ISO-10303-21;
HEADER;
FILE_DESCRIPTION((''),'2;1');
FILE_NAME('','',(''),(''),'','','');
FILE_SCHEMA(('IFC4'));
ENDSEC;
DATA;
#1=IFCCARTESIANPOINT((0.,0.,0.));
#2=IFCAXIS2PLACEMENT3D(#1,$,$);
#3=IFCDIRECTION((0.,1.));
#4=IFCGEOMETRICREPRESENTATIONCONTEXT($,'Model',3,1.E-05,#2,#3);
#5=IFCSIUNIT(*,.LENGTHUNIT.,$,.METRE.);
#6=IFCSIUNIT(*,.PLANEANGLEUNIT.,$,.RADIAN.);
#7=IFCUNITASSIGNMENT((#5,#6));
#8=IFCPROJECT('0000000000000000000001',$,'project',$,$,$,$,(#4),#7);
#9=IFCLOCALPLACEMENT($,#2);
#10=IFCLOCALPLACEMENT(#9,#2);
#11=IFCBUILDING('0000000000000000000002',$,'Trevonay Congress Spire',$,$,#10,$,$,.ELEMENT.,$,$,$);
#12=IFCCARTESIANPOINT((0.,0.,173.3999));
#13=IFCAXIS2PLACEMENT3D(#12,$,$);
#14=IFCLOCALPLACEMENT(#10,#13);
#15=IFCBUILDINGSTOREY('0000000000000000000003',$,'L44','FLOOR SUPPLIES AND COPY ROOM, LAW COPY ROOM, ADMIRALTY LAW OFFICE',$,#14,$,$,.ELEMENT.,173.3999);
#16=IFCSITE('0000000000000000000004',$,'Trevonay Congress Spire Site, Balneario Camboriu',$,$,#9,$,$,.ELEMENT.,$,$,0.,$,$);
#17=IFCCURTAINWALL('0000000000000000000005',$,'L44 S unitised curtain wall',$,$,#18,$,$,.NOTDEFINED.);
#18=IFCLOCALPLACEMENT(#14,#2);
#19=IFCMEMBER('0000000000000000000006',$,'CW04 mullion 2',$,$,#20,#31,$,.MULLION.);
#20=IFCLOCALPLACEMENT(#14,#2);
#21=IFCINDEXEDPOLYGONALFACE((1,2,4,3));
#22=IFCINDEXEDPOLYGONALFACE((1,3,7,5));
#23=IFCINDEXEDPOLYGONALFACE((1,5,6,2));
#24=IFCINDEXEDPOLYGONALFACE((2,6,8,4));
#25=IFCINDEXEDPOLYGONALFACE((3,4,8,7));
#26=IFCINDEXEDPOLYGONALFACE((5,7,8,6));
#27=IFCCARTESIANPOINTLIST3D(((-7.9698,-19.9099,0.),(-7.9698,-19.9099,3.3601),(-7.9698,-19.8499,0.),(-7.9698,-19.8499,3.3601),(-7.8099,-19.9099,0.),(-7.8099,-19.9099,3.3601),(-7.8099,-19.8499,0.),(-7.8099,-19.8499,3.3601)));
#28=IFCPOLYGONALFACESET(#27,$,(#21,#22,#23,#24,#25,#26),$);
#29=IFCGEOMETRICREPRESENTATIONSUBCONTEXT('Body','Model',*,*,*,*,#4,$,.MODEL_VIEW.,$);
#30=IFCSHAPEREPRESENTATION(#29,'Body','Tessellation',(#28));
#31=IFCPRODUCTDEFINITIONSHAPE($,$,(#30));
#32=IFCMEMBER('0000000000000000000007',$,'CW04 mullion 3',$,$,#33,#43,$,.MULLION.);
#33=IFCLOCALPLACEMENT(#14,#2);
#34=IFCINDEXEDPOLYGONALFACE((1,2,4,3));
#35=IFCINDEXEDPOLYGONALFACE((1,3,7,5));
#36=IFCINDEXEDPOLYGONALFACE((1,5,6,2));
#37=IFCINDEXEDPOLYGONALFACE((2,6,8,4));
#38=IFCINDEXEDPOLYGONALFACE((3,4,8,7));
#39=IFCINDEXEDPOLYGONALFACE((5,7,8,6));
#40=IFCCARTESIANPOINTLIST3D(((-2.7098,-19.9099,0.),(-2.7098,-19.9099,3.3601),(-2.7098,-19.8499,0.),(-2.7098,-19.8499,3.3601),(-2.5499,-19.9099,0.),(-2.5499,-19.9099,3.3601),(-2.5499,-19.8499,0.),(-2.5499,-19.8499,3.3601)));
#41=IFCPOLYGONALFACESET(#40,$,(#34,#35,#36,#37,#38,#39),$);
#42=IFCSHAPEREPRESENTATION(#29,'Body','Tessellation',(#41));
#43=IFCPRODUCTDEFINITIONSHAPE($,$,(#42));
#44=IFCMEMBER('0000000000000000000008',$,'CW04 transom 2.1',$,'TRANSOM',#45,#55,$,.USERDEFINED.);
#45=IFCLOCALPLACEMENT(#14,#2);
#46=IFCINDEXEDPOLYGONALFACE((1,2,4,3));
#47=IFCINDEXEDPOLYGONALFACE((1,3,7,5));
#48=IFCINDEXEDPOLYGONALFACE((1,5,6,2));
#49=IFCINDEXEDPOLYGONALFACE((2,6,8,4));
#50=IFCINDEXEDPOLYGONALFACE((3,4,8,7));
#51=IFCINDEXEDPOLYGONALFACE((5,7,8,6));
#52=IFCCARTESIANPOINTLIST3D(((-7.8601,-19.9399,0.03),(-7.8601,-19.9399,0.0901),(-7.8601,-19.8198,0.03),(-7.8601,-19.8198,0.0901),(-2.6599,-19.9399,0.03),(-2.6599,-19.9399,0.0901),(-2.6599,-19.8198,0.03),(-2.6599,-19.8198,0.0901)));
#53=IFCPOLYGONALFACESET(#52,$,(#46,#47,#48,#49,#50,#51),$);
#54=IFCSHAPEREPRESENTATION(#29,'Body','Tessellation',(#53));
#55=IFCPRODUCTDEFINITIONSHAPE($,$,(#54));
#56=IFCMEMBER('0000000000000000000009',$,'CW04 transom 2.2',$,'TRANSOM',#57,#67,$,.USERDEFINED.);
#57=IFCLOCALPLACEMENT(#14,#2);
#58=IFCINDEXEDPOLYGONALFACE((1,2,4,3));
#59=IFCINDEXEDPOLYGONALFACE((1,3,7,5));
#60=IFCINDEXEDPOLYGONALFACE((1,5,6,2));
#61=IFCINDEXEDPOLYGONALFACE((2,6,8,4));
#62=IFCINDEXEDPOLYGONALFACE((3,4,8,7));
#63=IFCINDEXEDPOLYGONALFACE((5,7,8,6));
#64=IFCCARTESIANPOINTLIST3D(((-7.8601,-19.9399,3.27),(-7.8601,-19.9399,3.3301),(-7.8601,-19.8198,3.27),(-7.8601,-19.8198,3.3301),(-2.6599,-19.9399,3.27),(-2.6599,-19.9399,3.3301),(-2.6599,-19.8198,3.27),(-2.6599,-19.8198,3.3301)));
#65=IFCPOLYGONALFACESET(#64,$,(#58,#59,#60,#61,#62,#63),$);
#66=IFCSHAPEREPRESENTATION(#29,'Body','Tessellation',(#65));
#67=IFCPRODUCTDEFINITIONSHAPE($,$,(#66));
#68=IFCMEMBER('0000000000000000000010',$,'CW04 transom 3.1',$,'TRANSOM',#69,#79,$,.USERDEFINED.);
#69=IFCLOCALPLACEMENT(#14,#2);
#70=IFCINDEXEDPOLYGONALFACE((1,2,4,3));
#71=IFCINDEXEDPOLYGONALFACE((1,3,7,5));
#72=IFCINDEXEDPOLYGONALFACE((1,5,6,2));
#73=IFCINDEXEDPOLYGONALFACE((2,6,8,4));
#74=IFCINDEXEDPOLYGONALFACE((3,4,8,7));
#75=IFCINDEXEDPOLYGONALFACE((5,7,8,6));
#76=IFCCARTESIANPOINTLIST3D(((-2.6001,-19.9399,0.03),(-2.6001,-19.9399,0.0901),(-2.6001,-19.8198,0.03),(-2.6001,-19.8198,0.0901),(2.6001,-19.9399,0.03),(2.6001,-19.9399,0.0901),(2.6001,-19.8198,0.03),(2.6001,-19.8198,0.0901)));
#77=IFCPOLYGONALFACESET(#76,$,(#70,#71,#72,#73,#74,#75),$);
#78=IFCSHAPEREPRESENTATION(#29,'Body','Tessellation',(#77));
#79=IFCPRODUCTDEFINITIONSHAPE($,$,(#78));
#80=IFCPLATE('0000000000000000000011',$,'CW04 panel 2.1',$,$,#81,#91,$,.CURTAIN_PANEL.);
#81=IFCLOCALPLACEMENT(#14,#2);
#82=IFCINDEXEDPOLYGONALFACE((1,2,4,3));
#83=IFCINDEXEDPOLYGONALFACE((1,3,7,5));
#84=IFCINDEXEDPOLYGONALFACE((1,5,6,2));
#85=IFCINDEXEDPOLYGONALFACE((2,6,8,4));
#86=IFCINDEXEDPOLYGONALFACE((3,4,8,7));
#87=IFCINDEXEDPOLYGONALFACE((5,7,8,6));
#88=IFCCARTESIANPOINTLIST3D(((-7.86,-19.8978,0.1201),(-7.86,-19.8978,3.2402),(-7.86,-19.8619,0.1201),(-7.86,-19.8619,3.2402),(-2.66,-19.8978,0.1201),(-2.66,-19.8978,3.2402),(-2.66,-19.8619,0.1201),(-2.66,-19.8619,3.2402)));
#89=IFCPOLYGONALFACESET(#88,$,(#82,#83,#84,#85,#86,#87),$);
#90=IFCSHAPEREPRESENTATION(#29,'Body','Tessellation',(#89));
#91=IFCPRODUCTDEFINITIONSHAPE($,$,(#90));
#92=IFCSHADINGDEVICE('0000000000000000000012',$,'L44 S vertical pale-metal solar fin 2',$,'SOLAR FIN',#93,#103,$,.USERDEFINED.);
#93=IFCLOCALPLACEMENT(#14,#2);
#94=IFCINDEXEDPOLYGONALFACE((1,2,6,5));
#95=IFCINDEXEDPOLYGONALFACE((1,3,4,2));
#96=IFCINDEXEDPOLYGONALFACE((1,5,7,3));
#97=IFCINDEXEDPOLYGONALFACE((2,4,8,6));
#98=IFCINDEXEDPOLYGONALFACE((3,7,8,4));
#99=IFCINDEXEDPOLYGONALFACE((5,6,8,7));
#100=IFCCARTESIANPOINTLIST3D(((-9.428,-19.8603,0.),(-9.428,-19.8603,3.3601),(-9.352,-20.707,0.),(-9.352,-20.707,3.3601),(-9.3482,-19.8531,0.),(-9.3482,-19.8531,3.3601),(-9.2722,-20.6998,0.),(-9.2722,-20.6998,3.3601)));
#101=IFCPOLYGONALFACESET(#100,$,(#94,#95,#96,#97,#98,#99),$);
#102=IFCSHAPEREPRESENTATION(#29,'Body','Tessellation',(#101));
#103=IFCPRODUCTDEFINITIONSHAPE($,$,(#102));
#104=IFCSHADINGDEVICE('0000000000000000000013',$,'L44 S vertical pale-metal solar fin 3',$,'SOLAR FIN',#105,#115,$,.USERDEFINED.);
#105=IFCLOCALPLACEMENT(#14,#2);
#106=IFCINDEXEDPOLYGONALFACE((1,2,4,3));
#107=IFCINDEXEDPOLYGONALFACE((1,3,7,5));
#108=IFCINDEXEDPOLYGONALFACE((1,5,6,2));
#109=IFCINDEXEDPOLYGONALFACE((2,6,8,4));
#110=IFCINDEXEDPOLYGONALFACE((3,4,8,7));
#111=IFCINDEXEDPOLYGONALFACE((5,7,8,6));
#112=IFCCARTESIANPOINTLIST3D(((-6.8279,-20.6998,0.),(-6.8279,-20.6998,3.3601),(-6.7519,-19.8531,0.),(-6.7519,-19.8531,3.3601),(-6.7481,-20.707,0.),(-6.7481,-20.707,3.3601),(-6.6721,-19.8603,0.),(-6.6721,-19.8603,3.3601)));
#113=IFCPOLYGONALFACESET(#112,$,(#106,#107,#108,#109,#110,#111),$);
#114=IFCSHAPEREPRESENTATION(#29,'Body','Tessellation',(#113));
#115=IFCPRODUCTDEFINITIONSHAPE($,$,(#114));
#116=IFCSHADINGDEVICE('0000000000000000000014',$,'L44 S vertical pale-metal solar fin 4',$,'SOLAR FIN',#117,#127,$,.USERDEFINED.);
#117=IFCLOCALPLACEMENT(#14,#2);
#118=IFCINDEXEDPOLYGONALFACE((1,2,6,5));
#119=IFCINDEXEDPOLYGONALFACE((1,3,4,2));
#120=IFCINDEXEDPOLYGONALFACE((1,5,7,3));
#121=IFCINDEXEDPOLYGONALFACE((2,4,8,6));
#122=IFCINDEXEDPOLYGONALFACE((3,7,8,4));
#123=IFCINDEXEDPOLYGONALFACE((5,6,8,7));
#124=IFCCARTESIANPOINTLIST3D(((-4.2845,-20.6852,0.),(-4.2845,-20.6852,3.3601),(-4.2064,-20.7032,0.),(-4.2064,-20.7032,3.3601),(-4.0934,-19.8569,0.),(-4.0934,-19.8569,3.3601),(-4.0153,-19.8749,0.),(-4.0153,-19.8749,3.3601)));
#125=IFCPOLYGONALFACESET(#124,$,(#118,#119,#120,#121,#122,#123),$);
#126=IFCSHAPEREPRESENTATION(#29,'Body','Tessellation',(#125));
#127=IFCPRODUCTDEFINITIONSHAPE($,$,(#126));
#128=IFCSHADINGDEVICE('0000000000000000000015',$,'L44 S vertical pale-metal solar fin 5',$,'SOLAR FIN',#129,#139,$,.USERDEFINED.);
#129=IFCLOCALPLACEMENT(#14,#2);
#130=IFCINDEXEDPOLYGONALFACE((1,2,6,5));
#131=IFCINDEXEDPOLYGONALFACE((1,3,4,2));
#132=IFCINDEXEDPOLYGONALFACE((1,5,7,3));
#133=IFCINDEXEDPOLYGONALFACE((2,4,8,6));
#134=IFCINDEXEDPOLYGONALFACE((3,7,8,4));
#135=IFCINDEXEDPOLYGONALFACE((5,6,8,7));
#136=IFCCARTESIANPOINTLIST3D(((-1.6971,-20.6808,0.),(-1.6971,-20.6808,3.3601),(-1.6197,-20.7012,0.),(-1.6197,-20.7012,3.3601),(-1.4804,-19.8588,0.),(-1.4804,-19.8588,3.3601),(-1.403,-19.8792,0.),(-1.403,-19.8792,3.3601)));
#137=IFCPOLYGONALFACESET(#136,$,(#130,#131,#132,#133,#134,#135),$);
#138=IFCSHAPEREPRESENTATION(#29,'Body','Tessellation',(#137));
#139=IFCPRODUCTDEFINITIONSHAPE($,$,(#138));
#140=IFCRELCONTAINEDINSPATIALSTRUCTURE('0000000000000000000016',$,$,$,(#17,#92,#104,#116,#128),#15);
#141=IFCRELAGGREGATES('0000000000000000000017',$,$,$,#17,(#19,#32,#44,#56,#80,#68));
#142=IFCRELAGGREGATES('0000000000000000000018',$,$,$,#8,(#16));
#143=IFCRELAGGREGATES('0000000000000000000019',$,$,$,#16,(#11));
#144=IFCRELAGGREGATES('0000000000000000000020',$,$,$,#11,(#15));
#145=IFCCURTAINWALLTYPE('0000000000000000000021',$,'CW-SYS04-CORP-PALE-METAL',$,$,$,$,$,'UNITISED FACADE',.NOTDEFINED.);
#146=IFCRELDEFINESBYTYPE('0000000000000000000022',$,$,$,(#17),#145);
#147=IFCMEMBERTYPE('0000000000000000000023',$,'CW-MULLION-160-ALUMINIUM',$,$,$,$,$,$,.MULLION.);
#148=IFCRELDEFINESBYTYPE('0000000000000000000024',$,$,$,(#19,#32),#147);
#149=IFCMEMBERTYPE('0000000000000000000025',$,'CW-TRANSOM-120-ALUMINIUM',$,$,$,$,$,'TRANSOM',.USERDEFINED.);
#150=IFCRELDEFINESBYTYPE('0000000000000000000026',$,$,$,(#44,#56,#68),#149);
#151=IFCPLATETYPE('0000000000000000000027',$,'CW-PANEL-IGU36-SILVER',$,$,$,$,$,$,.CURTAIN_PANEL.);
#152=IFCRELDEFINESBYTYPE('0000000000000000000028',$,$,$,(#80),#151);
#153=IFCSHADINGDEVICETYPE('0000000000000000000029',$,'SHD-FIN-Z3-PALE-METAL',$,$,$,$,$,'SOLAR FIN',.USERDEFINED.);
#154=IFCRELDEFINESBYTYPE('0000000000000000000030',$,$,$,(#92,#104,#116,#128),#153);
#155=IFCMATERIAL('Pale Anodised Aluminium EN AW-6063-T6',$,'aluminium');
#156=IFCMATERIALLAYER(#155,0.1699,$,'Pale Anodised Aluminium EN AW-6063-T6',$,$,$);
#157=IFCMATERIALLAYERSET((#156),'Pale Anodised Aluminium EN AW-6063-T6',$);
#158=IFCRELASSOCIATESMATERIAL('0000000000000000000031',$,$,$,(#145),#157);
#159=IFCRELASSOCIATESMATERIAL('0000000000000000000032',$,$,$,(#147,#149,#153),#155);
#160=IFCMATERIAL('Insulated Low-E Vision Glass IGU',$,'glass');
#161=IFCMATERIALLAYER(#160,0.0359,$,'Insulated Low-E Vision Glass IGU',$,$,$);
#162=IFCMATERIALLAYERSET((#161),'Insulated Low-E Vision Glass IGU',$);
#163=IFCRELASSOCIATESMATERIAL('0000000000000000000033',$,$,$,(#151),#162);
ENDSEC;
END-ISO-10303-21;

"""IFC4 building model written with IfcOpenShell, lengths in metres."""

from ifc_helpers import new_model, si_unit, direction, frame, origin, origin_2d, place, context, subcontext, project, spatial, rectangle, extrude, material, layer, layer_set, material_profile, profile_set, type_object, element, aggregate, save


model = new_model("IFC4")

# Units and contexts
model_context = context("Model", 3, precision=1e-05, world=origin(), true_north=direction((0.0, 1.0)))
body_context = subcontext(model_context, "Body", "Model", "MODEL_VIEW")
ifc_project = project(units=[si_unit("LENGTHUNIT", "METRE"), si_unit("PLANEANGLEUNIT", "RADIAN")], contexts=[model_context])

# Site, building, storey
site_placement = place(None, origin())
site = spatial("IfcSite", under=ifc_project, at=site_placement, Name="Trevonay Congress Spire Site, Balneario Camboriu", CompositionType="ELEMENT", RefElevation=0.0)
building_placement = place(site_placement, origin())
building = spatial("IfcBuilding", under=site, at=building_placement, Name="Trevonay Congress Spire", CompositionType="ELEMENT")
storey_placement = place(building_placement, frame((0.0, 0.0, 173.3999)))
storey = spatial("IfcBuildingStorey", under=building, at=storey_placement, Name="L44", Description="FLOOR SUPPLIES AND COPY ROOM, LAW COPY ROOM, ADMIRALTY LAW OFFICE", CompositionType="ELEMENT", Elevation=173.3999)

# Curtain wall, members, plate
ifc_material_1 = material(Name="Pale Anodised Aluminium EN AW-6063-T6", Category="aluminium")
ifc_layer_1 = layer(ifc_material_1, 0.1699, Name="Pale Anodised Aluminium EN AW-6063-T6")
ifc_layer_set_1 = layer_set([ifc_layer_1], Name="Pale Anodised Aluminium EN AW-6063-T6")
curtain_wall_type = type_object("IfcCurtainWallType", Name="CW-SYS04-CORP-PALE-METAL", ElementType="UNITISED FACADE", PredefinedType="NOTDEFINED", material=ifc_layer_set_1)
curtain_wall_placement = place(storey_placement, origin())
curtain_wall = element("IfcCurtainWall", 1, at=curtain_wall_placement, inside=storey, type_object=curtain_wall_type, Name="L44 S unitised curtain wall", PredefinedType="NOTDEFINED")
ifc_material_profile_1 = material_profile(ifc_material_1, rectangle(XDim=0.0601, YDim=0.1599, at=origin_2d()), Name="CW-MULLION-160-ALUMINIUM")
ifc_profile_set_1 = profile_set([ifc_material_profile_1], Name="Pale Anodised Aluminium EN AW-6063-T6")
member_type_1 = type_object("IfcMemberType", Name="CW-MULLION-160-ALUMINIUM", PredefinedType="MULLION", material=ifc_profile_set_1)
member_1_placement = place(storey_placement, frame((-7.8899, -19.8799, 0.0), z_axis=(0.0, 0.0, 1.0), x_axis=(0.0, 1.0, 0.0)))
member_1 = element("IfcMember", 2, at=member_1_placement, type_object=member_type_1, Name="CW04 mullion 2", PredefinedType="MULLION", context=body_context, shape_type="SweptSolid", body=[
    extrude(rectangle(XDim=0.0601, YDim=0.1599, at=origin_2d()), origin(), (0.0, 0.0, 1.0), 3.3601),
])
member_2_placement = place(storey_placement, frame((-2.6299, -19.8799, 0.0), z_axis=(0.0, 0.0, 1.0), x_axis=(0.0, 1.0, 0.0)))
member_2 = element("IfcMember", 3, at=member_2_placement, type_object=member_type_1, Name="CW04 mullion 3", PredefinedType="MULLION", context=body_context, shape_type="SweptSolid", body=[
    extrude(rectangle(XDim=0.0601, YDim=0.1599, at=origin_2d()), origin(), (0.0, 0.0, 1.0), 3.3601),
])
ifc_material_profile_2 = material_profile(ifc_material_1, rectangle(XDim=0.1201, YDim=0.0601, at=origin_2d()), Name="CW-TRANSOM-120-ALUMINIUM")
ifc_profile_set_2 = profile_set([ifc_material_profile_2], Name="Pale Anodised Aluminium EN AW-6063-T6")
member_type_2 = type_object("IfcMemberType", Name="CW-TRANSOM-120-ALUMINIUM", ElementType="TRANSOM", PredefinedType="USERDEFINED", material=ifc_profile_set_2)
member_3_placement = place(storey_placement, frame((-7.8601, -19.8799, 0.0601), z_axis=(1.0, 0.0, 0.0), x_axis=(0.0, 1.0, 0.0)))
member_3 = element("IfcMember", 4, at=member_3_placement, type_object=member_type_2, Name="CW04 transom 2.1", ObjectType="TRANSOM", PredefinedType="USERDEFINED", context=body_context, shape_type="SweptSolid", body=[
    extrude(rectangle(XDim=0.1201, YDim=0.0601, at=origin_2d()), origin(), (0.0, 0.0, 1.0), 5.2002),
])
member_4_placement = place(storey_placement, frame((-7.8601, -19.8799, 3.3), z_axis=(1.0, 0.0, 0.0), x_axis=(0.0, 1.0, 0.0)))
member_4 = element("IfcMember", 5, at=member_4_placement, type_object=member_type_2, Name="CW04 transom 2.2", ObjectType="TRANSOM", PredefinedType="USERDEFINED", context=body_context, shape_type="SweptSolid", body=[
    extrude(rectangle(XDim=0.1201, YDim=0.0601, at=origin_2d()), origin(), (0.0, 0.0, 1.0), 5.2002),
])
member_5_placement = place(storey_placement, frame((-2.6001, -19.8799, 0.0601), z_axis=(1.0, 0.0, 0.0), x_axis=(0.0, 1.0, 0.0)))
member_5 = element("IfcMember", 6, at=member_5_placement, type_object=member_type_2, Name="CW04 transom 3.1", ObjectType="TRANSOM", PredefinedType="USERDEFINED", context=body_context, shape_type="SweptSolid", body=[
    extrude(rectangle(XDim=0.1201, YDim=0.0601, at=origin_2d()), origin(), (0.0, 0.0, 1.0), 5.2002),
])
ifc_material_2 = material(Name="Insulated Low-E Vision Glass IGU", Category="glass")
ifc_layer_2 = layer(ifc_material_2, 0.0359, Name="Insulated Low-E Vision Glass IGU")
ifc_layer_set_2 = layer_set([ifc_layer_2], Name="Insulated Low-E Vision Glass IGU")
plate_type = type_object("IfcPlateType", Name="CW-PANEL-IGU36-SILVER", PredefinedType="CURTAIN_PANEL", material=ifc_layer_set_2)
plate_placement = place(storey_placement, frame((-5.26, -19.8799, 0.1201), z_axis=(0.0, 0.0, 1.0), x_axis=(1.0, 0.0, 0.0)))
plate = element("IfcPlate", 7, at=plate_placement, type_object=plate_type, Name="CW04 panel 2.1", PredefinedType="CURTAIN_PANEL", context=body_context, shape_type="SweptSolid", body=[
    extrude(rectangle(XDim=5.2, YDim=0.0359, at=origin_2d()), origin(), (0.0, 0.0, 1.0), 3.1201),
])
aggregate(curtain_wall, [member_1, member_2, member_3, member_4, plate, member_5])

# Shading devices
shading_device_type = type_object("IfcShadingDeviceType", Name="SHD-FIN-Z3-PALE-METAL", ElementType="SOLAR FIN", PredefinedType="USERDEFINED", material=ifc_material_1)
for number, where, z_axis, x_axis, name in (
    (8, (-9.3501, -20.28, 0.0), (0.0, 0.0, 1.0), (0.995994, 0.089416, 0.0), "L44 S vertical pale-metal solar fin 2"),
    (9, (-6.75, -20.28, 0.0), (0.0, 0.0, 1.0), (0.995994, -0.089416, 0.0), "L44 S vertical pale-metal solar fin 3"),
    (10, (-4.1499, -20.28, 0.0), (0.0, 0.0, 1.0), (0.974409, -0.224781, 0.0), "L44 S vertical pale-metal solar fin 4"),
    (11, (-1.55, -20.28, 0.0), (0.0, 0.0, 1.0), (0.966957, -0.254939, 0.0), "L44 S vertical pale-metal solar fin 5"),
):
    element("IfcShadingDevice", number, at=place(storey_placement, frame(where, z_axis=z_axis, x_axis=x_axis)), inside=storey, type_object=shading_device_type, Name=name, ObjectType="SOLAR FIN", PredefinedType="USERDEFINED", context=body_context, shape_type="SweptSolid", body=[
        extrude(rectangle(XDim=0.0801, YDim=0.8501, at=origin_2d()), origin(), (0.0, 0.0, 1.0), 3.3601),
    ])

save(model, "model.ifc")
